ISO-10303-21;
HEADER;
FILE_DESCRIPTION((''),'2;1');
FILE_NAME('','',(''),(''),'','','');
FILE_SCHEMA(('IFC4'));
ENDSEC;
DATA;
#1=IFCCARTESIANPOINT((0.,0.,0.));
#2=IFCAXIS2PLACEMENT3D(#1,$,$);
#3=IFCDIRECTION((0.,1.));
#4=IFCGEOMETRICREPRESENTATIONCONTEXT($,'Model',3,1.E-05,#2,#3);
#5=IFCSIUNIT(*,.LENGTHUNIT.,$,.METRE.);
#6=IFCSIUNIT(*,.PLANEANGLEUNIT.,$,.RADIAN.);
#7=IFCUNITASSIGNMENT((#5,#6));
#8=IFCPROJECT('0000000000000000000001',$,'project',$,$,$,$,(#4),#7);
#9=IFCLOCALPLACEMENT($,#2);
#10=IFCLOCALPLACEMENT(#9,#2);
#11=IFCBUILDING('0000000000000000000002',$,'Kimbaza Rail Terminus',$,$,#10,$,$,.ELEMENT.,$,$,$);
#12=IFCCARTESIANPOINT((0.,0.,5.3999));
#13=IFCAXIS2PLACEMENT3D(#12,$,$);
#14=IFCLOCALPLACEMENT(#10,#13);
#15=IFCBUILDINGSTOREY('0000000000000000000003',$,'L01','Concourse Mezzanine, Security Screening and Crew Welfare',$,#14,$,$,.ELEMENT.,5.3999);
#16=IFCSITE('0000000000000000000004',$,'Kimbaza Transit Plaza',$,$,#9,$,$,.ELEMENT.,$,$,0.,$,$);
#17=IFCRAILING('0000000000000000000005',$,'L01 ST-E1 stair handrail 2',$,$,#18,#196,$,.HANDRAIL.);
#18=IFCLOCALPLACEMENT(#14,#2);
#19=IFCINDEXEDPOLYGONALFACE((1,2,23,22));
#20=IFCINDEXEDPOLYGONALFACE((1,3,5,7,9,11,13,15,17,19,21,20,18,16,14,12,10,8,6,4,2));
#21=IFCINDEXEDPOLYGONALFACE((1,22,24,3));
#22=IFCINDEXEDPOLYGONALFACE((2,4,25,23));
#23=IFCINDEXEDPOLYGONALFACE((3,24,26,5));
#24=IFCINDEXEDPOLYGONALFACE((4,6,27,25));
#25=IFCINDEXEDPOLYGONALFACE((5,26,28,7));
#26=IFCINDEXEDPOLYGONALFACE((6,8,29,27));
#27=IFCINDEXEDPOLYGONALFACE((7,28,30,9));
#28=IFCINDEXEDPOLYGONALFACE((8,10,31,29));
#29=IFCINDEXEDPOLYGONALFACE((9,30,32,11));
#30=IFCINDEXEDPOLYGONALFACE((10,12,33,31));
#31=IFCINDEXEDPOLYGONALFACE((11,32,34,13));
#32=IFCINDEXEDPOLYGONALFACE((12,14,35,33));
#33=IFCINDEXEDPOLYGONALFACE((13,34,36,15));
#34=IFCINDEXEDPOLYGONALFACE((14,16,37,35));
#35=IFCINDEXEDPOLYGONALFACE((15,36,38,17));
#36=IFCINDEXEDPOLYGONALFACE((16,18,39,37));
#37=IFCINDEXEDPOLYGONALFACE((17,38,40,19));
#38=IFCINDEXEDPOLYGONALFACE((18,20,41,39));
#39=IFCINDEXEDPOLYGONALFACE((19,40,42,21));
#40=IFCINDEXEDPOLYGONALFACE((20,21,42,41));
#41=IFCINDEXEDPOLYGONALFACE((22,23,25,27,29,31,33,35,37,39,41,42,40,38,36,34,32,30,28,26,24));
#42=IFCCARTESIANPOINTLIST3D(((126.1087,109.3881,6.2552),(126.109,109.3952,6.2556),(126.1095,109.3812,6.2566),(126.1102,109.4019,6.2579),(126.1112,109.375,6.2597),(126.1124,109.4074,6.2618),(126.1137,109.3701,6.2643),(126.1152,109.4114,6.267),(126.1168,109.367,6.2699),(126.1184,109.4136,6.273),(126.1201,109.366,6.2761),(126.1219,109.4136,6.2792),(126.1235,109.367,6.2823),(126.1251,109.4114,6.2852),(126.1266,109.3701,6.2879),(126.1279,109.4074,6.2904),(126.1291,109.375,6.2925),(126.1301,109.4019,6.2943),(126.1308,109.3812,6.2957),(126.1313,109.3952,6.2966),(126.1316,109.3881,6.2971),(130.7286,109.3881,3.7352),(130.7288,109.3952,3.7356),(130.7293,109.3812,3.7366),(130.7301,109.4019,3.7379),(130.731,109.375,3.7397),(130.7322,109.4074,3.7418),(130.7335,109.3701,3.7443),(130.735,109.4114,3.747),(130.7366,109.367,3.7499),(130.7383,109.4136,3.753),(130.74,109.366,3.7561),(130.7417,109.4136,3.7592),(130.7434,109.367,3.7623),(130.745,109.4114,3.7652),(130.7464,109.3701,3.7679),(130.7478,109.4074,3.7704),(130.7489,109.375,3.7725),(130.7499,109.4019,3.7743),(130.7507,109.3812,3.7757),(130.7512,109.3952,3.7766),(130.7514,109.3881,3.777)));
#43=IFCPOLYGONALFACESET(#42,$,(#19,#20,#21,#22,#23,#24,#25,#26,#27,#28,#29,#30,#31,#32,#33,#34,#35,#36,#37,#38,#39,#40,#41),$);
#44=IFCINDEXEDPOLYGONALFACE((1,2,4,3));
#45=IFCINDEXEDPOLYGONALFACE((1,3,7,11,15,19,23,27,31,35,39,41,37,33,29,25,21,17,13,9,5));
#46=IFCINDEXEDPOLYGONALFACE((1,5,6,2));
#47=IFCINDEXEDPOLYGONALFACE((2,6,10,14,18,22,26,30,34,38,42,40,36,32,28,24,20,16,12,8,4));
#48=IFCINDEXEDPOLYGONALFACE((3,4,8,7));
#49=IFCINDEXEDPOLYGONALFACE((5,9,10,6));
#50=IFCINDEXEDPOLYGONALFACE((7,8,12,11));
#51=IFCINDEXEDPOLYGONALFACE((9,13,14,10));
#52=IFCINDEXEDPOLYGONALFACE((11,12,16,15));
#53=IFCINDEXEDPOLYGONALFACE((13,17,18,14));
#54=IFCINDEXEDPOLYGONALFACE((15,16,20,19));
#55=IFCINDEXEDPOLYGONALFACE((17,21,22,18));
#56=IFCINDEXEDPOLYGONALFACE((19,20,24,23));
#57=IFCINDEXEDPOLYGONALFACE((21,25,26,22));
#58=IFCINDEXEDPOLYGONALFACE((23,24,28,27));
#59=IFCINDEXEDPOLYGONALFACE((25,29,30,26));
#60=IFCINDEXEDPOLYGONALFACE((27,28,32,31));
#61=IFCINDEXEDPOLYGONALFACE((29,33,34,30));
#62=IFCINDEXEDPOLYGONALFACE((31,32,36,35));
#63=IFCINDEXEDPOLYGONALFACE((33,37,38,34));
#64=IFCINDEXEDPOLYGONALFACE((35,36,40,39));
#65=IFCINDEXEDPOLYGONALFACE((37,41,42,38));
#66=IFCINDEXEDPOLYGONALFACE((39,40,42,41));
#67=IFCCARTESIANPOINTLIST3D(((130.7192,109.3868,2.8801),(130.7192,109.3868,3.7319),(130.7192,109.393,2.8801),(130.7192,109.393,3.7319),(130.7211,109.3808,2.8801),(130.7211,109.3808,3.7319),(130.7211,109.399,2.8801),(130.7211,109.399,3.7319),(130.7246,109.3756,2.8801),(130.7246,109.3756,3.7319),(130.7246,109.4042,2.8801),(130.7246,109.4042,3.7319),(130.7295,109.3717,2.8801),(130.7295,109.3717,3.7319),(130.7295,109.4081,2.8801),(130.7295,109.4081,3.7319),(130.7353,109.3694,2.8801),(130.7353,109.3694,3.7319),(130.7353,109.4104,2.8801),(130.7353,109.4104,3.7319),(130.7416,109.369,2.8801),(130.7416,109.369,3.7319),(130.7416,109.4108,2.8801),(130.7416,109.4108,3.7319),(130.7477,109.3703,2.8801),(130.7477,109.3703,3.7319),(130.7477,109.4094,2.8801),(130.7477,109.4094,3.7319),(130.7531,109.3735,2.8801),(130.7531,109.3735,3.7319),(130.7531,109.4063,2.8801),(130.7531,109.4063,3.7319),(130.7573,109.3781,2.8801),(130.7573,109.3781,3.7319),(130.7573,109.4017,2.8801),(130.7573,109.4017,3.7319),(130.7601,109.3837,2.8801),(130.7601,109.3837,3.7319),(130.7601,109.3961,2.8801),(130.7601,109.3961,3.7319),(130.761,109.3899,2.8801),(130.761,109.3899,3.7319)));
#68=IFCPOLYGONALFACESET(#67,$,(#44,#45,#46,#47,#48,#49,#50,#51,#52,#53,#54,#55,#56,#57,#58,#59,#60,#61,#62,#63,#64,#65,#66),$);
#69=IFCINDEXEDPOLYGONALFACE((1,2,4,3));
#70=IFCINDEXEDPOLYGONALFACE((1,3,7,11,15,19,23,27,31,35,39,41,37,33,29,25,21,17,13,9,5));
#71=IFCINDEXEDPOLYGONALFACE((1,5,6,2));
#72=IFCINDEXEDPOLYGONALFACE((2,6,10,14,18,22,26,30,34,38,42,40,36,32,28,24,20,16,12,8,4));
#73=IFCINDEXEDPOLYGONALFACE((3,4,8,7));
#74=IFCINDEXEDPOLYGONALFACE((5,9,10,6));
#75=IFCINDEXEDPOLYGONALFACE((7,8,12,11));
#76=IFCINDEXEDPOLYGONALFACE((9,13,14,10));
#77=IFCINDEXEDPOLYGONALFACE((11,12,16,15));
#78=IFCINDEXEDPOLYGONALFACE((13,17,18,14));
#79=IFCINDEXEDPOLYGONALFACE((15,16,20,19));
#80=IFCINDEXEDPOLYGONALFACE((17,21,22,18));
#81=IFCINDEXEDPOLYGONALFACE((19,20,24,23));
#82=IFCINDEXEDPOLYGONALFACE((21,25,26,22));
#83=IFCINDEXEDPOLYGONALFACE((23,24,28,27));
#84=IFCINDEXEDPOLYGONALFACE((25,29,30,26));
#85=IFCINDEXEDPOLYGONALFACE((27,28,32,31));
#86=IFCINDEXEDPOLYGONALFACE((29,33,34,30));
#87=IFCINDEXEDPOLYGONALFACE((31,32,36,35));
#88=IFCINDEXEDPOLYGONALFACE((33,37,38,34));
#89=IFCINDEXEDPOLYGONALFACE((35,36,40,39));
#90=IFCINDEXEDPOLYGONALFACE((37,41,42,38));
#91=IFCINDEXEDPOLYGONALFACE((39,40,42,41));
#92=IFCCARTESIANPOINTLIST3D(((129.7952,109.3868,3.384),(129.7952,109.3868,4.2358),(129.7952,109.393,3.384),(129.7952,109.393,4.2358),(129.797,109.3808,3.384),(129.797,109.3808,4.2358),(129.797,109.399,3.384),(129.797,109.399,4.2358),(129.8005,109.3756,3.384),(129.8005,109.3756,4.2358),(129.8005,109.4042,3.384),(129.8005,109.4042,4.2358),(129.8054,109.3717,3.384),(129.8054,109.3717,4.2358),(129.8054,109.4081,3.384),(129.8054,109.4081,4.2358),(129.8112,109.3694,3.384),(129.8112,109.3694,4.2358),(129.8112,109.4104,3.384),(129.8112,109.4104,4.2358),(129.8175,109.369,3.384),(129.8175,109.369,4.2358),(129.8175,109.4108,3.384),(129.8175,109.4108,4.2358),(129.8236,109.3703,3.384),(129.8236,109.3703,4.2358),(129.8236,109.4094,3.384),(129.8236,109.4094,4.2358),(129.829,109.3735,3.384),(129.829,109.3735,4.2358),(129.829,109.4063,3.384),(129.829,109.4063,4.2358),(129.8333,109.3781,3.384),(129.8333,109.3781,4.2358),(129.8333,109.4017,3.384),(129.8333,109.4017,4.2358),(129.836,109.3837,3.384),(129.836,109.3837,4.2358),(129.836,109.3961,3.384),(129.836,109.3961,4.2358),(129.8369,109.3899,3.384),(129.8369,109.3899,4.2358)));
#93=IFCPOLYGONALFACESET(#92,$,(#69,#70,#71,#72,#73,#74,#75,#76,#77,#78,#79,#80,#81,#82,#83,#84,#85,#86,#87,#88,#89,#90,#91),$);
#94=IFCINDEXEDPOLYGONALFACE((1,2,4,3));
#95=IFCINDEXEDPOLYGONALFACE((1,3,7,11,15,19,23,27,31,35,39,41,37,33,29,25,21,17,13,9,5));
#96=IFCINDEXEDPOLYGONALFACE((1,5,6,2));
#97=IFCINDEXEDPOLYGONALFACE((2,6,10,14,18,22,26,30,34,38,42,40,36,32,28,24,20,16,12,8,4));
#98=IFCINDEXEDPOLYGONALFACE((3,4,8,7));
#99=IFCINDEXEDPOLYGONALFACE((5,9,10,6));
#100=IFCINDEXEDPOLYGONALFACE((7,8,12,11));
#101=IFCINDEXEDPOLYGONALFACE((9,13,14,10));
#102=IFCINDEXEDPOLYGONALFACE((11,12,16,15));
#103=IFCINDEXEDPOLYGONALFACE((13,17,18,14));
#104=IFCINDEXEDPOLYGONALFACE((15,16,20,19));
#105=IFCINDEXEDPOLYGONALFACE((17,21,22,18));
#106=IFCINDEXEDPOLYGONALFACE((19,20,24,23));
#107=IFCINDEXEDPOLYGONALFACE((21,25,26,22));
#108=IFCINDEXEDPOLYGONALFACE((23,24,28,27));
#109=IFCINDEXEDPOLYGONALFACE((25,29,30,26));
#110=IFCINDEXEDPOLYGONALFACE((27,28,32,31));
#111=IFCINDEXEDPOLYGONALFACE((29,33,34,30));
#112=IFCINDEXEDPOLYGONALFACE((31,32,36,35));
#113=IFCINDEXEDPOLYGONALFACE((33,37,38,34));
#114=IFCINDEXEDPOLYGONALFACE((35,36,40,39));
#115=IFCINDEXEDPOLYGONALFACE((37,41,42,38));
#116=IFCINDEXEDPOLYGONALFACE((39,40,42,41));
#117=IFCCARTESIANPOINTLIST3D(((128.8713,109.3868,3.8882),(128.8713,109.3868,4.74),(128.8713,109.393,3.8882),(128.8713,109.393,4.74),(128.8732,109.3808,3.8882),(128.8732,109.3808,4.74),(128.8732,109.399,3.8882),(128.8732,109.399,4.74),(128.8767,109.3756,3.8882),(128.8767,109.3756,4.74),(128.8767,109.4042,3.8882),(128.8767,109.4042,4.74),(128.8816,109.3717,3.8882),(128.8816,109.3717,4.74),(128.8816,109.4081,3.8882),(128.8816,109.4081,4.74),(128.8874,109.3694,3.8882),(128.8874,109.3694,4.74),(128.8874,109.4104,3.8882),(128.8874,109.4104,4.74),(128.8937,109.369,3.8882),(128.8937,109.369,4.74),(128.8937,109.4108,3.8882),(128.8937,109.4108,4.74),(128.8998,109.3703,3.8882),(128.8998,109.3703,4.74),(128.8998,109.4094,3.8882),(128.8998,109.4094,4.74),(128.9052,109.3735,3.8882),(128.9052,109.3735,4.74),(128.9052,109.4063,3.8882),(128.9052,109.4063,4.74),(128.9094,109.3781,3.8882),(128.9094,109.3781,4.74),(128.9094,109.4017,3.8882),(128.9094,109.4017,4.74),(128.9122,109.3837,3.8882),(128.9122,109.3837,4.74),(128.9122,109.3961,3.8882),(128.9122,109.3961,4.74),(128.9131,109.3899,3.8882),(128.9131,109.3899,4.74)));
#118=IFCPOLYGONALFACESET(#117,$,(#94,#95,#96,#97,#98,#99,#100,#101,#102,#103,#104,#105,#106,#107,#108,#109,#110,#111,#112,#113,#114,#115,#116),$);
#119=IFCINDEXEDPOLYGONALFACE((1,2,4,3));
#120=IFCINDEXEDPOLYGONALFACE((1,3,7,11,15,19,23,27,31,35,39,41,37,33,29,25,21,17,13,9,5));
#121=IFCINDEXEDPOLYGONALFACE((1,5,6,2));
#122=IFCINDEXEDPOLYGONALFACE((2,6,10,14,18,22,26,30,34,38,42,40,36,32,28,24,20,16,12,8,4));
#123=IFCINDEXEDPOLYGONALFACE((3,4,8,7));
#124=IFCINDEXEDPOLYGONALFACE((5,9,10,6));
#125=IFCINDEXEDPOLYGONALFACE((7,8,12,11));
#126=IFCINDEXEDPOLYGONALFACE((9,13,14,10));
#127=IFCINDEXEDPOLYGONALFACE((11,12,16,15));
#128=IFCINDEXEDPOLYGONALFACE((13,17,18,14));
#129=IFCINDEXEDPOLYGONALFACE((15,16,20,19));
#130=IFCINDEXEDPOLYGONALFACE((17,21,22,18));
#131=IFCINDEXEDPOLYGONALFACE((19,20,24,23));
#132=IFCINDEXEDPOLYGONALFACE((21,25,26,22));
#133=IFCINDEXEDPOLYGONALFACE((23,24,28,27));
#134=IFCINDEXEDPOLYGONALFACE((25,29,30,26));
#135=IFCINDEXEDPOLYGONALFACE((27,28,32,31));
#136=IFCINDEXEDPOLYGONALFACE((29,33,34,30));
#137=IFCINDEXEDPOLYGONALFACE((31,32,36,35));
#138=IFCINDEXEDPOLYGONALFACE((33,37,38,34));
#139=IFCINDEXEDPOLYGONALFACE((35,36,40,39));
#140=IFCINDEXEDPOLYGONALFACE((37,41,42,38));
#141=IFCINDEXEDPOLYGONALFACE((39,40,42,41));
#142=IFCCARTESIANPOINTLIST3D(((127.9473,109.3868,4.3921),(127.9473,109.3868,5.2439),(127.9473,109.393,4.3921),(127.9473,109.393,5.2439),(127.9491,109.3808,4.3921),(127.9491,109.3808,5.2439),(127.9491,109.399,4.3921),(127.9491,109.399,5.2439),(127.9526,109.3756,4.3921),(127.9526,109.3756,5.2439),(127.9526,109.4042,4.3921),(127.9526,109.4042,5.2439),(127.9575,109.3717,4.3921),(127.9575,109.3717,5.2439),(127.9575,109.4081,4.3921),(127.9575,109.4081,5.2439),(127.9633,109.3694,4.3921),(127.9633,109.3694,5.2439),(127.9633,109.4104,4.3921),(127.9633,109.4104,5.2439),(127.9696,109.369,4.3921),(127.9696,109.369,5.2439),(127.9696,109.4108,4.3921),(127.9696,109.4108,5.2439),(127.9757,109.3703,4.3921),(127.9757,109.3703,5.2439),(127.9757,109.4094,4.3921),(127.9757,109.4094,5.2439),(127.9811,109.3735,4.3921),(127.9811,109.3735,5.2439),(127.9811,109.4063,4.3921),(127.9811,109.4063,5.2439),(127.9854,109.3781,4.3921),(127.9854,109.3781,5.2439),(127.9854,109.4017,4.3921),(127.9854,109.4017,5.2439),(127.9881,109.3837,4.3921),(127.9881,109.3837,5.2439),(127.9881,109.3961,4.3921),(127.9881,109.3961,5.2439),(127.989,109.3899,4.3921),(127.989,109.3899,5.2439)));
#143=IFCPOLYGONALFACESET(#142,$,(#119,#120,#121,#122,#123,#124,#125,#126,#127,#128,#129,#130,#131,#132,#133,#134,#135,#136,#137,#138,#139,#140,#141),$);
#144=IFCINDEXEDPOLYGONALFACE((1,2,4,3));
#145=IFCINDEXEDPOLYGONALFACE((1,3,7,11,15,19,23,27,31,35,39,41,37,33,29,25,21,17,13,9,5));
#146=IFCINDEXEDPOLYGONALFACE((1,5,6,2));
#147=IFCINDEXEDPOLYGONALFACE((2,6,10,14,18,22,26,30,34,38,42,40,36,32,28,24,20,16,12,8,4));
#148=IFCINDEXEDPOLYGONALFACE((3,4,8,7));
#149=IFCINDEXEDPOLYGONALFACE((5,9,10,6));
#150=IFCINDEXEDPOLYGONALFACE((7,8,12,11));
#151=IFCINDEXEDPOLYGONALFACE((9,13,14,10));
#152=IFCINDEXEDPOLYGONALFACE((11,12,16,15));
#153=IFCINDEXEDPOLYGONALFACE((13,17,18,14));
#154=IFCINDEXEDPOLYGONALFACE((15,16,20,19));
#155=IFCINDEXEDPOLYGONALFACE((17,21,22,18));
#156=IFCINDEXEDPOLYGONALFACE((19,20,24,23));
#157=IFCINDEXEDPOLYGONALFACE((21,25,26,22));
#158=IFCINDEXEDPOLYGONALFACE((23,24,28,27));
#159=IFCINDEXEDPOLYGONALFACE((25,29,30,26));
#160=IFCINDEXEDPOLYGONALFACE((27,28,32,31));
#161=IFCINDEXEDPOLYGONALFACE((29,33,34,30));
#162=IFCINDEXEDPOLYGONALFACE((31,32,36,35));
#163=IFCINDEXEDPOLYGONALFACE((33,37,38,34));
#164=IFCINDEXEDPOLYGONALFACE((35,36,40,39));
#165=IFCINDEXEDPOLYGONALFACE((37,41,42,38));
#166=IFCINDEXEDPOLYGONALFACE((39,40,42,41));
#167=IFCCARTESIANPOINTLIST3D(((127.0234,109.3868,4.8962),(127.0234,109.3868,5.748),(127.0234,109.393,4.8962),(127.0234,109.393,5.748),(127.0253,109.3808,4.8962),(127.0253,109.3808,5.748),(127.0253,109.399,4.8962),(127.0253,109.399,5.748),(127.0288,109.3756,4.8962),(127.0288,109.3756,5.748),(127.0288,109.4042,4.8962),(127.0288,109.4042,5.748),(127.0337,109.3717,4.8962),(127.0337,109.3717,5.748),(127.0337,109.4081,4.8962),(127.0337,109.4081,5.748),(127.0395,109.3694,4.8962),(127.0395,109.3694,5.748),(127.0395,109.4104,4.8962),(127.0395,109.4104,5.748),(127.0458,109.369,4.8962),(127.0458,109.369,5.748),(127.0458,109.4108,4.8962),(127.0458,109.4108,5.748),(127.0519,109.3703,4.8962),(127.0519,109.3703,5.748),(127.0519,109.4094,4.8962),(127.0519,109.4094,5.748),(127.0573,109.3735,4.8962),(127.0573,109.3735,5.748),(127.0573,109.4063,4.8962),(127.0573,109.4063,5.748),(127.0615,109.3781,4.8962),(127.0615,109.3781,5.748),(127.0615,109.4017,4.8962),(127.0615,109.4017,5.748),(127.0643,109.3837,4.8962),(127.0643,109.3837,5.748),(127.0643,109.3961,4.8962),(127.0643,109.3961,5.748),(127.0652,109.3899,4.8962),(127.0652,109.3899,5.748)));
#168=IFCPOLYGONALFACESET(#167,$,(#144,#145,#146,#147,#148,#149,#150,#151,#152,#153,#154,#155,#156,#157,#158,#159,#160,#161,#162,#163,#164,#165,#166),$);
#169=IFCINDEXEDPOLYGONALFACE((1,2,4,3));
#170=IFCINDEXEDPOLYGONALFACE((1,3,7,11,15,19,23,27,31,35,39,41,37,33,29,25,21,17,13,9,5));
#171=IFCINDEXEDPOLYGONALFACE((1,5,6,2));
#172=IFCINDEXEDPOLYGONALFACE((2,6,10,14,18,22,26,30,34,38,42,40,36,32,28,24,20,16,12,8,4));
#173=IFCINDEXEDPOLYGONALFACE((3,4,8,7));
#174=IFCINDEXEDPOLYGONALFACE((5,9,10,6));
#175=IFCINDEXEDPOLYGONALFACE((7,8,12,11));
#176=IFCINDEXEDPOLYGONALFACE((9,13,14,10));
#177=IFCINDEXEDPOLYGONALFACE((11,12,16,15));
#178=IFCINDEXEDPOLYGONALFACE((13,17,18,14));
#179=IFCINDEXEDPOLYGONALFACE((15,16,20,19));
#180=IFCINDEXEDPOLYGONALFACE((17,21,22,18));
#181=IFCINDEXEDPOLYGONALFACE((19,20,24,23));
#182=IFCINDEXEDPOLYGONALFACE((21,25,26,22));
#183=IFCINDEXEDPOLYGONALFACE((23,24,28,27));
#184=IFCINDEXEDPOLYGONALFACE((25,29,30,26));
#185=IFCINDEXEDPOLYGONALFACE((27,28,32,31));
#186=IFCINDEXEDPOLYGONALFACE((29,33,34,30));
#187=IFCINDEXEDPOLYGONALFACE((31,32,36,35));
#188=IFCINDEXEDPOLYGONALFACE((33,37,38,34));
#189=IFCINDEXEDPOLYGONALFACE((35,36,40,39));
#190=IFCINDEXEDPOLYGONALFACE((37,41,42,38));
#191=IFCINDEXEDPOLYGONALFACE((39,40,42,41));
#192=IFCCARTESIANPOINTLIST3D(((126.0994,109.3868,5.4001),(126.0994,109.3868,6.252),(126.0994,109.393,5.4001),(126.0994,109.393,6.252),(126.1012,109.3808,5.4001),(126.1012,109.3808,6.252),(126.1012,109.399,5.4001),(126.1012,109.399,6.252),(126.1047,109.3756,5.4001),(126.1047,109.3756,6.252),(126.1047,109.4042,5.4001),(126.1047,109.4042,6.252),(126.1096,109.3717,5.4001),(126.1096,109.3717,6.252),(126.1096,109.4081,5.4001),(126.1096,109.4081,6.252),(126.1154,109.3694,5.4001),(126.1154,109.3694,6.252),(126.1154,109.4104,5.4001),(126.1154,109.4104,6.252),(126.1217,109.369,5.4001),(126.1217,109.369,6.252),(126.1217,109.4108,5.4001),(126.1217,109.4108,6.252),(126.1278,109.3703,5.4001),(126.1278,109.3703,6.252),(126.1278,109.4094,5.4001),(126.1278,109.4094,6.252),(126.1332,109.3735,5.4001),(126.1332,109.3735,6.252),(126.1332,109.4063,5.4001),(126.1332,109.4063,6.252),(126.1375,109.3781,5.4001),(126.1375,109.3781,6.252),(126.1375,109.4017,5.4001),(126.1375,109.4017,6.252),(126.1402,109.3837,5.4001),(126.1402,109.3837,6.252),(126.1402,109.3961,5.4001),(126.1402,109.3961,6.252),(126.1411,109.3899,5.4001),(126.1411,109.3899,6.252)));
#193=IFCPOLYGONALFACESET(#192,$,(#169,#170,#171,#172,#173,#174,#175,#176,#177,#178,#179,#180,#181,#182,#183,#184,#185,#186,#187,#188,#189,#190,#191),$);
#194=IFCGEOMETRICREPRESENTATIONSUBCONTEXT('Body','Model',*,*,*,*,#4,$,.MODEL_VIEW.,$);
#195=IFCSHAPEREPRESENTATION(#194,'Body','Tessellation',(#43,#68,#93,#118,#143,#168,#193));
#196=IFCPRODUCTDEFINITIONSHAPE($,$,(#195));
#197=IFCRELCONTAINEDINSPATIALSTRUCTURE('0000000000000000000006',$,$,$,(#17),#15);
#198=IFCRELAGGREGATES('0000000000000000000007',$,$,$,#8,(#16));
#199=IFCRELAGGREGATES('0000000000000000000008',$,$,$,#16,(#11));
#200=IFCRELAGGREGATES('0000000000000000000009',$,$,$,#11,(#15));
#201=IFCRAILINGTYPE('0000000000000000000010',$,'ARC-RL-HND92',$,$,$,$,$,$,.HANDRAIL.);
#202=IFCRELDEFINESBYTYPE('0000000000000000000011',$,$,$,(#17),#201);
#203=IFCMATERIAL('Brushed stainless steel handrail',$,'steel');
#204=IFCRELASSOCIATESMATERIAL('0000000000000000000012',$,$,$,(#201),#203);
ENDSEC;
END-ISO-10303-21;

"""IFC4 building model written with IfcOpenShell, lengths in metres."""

from ifc_helpers import new_model, si_unit, direction, frame, origin, origin_2d, place, context, subcontext, project, spatial, circle, extrude, material, type_object, element, save


model = new_model("IFC4")

# Units and contexts
model_context = context("Model", 3, precision=1e-05, world=origin(), true_north=direction((0.0, 1.0)))
body_context = subcontext(model_context, "Body", "Model", "MODEL_VIEW")
ifc_project = project(units=[si_unit("LENGTHUNIT", "METRE"), si_unit("PLANEANGLEUNIT", "RADIAN")], contexts=[model_context])

# Site, building, storey
site_placement = place(None, origin())
site = spatial("IfcSite", under=ifc_project, at=site_placement, Name="Kimbaza Transit Plaza", CompositionType="ELEMENT", RefElevation=0.0)
building_placement = place(site_placement, origin())
building = spatial("IfcBuilding", under=site, at=building_placement, Name="Kimbaza Rail Terminus", CompositionType="ELEMENT")
storey_placement = place(building_placement, frame((0.0, 0.0, 5.3999)))
storey = spatial("IfcBuildingStorey", under=building, at=storey_placement, Name="L01", Description="Concourse Mezzanine, Security Screening and Crew Welfare", CompositionType="ELEMENT", Elevation=5.3999)

# Railing
ifc_material_1 = material(Name="Brushed stainless steel handrail", Category="steel")
railing_type_1 = type_object("IfcRailingType", Name="ARC-RL-HND92", PredefinedType="HANDRAIL", material=ifc_material_1)
railing_1_placement = place(storey_placement, frame((130.74, 109.3899, 2.8801)))
element("IfcRailing", 1, at=railing_1_placement, inside=storey, type_object=railing_type_1, Name="L01 ST-E1 stair handrail 2", PredefinedType="HANDRAIL", context=body_context, shape_type="SweptSolid", body=[
    extrude(circle(Radius=0.0239, at=origin_2d()), frame((0.0, 0.0, 0.876), z_axis=(-0.877888, 0.0, 0.478865), x_axis=(0.0, -1.0, 0.0)), (0.0, 0.0, 1.0), 5.2625),
    extrude(circle(Radius=0.021, at=origin_2d()), origin(), (0.0, 0.0, 1.0), 0.8518),
    extrude(circle(Radius=0.021, at=origin_2d()), frame((-0.9241, 0.0, 0.5039)), (0.0, 0.0, 1.0), 0.8518),
    extrude(circle(Radius=0.021, at=origin_2d()), frame((-1.8479, 0.0, 1.0081)), (0.0, 0.0, 1.0), 0.8518),
    extrude(circle(Radius=0.021, at=origin_2d()), frame((-2.772, 0.0, 1.512)), (0.0, 0.0, 1.0), 0.8518),
    extrude(circle(Radius=0.021, at=origin_2d()), frame((-3.6958, 0.0, 2.0161)), (0.0, 0.0, 1.0), 0.8518),
    extrude(circle(Radius=0.021, at=origin_2d()), frame((-4.6199, 0.0, 2.52)), (0.0, 0.0, 1.0), 0.8518),
])

save(model, "model.ifc")
